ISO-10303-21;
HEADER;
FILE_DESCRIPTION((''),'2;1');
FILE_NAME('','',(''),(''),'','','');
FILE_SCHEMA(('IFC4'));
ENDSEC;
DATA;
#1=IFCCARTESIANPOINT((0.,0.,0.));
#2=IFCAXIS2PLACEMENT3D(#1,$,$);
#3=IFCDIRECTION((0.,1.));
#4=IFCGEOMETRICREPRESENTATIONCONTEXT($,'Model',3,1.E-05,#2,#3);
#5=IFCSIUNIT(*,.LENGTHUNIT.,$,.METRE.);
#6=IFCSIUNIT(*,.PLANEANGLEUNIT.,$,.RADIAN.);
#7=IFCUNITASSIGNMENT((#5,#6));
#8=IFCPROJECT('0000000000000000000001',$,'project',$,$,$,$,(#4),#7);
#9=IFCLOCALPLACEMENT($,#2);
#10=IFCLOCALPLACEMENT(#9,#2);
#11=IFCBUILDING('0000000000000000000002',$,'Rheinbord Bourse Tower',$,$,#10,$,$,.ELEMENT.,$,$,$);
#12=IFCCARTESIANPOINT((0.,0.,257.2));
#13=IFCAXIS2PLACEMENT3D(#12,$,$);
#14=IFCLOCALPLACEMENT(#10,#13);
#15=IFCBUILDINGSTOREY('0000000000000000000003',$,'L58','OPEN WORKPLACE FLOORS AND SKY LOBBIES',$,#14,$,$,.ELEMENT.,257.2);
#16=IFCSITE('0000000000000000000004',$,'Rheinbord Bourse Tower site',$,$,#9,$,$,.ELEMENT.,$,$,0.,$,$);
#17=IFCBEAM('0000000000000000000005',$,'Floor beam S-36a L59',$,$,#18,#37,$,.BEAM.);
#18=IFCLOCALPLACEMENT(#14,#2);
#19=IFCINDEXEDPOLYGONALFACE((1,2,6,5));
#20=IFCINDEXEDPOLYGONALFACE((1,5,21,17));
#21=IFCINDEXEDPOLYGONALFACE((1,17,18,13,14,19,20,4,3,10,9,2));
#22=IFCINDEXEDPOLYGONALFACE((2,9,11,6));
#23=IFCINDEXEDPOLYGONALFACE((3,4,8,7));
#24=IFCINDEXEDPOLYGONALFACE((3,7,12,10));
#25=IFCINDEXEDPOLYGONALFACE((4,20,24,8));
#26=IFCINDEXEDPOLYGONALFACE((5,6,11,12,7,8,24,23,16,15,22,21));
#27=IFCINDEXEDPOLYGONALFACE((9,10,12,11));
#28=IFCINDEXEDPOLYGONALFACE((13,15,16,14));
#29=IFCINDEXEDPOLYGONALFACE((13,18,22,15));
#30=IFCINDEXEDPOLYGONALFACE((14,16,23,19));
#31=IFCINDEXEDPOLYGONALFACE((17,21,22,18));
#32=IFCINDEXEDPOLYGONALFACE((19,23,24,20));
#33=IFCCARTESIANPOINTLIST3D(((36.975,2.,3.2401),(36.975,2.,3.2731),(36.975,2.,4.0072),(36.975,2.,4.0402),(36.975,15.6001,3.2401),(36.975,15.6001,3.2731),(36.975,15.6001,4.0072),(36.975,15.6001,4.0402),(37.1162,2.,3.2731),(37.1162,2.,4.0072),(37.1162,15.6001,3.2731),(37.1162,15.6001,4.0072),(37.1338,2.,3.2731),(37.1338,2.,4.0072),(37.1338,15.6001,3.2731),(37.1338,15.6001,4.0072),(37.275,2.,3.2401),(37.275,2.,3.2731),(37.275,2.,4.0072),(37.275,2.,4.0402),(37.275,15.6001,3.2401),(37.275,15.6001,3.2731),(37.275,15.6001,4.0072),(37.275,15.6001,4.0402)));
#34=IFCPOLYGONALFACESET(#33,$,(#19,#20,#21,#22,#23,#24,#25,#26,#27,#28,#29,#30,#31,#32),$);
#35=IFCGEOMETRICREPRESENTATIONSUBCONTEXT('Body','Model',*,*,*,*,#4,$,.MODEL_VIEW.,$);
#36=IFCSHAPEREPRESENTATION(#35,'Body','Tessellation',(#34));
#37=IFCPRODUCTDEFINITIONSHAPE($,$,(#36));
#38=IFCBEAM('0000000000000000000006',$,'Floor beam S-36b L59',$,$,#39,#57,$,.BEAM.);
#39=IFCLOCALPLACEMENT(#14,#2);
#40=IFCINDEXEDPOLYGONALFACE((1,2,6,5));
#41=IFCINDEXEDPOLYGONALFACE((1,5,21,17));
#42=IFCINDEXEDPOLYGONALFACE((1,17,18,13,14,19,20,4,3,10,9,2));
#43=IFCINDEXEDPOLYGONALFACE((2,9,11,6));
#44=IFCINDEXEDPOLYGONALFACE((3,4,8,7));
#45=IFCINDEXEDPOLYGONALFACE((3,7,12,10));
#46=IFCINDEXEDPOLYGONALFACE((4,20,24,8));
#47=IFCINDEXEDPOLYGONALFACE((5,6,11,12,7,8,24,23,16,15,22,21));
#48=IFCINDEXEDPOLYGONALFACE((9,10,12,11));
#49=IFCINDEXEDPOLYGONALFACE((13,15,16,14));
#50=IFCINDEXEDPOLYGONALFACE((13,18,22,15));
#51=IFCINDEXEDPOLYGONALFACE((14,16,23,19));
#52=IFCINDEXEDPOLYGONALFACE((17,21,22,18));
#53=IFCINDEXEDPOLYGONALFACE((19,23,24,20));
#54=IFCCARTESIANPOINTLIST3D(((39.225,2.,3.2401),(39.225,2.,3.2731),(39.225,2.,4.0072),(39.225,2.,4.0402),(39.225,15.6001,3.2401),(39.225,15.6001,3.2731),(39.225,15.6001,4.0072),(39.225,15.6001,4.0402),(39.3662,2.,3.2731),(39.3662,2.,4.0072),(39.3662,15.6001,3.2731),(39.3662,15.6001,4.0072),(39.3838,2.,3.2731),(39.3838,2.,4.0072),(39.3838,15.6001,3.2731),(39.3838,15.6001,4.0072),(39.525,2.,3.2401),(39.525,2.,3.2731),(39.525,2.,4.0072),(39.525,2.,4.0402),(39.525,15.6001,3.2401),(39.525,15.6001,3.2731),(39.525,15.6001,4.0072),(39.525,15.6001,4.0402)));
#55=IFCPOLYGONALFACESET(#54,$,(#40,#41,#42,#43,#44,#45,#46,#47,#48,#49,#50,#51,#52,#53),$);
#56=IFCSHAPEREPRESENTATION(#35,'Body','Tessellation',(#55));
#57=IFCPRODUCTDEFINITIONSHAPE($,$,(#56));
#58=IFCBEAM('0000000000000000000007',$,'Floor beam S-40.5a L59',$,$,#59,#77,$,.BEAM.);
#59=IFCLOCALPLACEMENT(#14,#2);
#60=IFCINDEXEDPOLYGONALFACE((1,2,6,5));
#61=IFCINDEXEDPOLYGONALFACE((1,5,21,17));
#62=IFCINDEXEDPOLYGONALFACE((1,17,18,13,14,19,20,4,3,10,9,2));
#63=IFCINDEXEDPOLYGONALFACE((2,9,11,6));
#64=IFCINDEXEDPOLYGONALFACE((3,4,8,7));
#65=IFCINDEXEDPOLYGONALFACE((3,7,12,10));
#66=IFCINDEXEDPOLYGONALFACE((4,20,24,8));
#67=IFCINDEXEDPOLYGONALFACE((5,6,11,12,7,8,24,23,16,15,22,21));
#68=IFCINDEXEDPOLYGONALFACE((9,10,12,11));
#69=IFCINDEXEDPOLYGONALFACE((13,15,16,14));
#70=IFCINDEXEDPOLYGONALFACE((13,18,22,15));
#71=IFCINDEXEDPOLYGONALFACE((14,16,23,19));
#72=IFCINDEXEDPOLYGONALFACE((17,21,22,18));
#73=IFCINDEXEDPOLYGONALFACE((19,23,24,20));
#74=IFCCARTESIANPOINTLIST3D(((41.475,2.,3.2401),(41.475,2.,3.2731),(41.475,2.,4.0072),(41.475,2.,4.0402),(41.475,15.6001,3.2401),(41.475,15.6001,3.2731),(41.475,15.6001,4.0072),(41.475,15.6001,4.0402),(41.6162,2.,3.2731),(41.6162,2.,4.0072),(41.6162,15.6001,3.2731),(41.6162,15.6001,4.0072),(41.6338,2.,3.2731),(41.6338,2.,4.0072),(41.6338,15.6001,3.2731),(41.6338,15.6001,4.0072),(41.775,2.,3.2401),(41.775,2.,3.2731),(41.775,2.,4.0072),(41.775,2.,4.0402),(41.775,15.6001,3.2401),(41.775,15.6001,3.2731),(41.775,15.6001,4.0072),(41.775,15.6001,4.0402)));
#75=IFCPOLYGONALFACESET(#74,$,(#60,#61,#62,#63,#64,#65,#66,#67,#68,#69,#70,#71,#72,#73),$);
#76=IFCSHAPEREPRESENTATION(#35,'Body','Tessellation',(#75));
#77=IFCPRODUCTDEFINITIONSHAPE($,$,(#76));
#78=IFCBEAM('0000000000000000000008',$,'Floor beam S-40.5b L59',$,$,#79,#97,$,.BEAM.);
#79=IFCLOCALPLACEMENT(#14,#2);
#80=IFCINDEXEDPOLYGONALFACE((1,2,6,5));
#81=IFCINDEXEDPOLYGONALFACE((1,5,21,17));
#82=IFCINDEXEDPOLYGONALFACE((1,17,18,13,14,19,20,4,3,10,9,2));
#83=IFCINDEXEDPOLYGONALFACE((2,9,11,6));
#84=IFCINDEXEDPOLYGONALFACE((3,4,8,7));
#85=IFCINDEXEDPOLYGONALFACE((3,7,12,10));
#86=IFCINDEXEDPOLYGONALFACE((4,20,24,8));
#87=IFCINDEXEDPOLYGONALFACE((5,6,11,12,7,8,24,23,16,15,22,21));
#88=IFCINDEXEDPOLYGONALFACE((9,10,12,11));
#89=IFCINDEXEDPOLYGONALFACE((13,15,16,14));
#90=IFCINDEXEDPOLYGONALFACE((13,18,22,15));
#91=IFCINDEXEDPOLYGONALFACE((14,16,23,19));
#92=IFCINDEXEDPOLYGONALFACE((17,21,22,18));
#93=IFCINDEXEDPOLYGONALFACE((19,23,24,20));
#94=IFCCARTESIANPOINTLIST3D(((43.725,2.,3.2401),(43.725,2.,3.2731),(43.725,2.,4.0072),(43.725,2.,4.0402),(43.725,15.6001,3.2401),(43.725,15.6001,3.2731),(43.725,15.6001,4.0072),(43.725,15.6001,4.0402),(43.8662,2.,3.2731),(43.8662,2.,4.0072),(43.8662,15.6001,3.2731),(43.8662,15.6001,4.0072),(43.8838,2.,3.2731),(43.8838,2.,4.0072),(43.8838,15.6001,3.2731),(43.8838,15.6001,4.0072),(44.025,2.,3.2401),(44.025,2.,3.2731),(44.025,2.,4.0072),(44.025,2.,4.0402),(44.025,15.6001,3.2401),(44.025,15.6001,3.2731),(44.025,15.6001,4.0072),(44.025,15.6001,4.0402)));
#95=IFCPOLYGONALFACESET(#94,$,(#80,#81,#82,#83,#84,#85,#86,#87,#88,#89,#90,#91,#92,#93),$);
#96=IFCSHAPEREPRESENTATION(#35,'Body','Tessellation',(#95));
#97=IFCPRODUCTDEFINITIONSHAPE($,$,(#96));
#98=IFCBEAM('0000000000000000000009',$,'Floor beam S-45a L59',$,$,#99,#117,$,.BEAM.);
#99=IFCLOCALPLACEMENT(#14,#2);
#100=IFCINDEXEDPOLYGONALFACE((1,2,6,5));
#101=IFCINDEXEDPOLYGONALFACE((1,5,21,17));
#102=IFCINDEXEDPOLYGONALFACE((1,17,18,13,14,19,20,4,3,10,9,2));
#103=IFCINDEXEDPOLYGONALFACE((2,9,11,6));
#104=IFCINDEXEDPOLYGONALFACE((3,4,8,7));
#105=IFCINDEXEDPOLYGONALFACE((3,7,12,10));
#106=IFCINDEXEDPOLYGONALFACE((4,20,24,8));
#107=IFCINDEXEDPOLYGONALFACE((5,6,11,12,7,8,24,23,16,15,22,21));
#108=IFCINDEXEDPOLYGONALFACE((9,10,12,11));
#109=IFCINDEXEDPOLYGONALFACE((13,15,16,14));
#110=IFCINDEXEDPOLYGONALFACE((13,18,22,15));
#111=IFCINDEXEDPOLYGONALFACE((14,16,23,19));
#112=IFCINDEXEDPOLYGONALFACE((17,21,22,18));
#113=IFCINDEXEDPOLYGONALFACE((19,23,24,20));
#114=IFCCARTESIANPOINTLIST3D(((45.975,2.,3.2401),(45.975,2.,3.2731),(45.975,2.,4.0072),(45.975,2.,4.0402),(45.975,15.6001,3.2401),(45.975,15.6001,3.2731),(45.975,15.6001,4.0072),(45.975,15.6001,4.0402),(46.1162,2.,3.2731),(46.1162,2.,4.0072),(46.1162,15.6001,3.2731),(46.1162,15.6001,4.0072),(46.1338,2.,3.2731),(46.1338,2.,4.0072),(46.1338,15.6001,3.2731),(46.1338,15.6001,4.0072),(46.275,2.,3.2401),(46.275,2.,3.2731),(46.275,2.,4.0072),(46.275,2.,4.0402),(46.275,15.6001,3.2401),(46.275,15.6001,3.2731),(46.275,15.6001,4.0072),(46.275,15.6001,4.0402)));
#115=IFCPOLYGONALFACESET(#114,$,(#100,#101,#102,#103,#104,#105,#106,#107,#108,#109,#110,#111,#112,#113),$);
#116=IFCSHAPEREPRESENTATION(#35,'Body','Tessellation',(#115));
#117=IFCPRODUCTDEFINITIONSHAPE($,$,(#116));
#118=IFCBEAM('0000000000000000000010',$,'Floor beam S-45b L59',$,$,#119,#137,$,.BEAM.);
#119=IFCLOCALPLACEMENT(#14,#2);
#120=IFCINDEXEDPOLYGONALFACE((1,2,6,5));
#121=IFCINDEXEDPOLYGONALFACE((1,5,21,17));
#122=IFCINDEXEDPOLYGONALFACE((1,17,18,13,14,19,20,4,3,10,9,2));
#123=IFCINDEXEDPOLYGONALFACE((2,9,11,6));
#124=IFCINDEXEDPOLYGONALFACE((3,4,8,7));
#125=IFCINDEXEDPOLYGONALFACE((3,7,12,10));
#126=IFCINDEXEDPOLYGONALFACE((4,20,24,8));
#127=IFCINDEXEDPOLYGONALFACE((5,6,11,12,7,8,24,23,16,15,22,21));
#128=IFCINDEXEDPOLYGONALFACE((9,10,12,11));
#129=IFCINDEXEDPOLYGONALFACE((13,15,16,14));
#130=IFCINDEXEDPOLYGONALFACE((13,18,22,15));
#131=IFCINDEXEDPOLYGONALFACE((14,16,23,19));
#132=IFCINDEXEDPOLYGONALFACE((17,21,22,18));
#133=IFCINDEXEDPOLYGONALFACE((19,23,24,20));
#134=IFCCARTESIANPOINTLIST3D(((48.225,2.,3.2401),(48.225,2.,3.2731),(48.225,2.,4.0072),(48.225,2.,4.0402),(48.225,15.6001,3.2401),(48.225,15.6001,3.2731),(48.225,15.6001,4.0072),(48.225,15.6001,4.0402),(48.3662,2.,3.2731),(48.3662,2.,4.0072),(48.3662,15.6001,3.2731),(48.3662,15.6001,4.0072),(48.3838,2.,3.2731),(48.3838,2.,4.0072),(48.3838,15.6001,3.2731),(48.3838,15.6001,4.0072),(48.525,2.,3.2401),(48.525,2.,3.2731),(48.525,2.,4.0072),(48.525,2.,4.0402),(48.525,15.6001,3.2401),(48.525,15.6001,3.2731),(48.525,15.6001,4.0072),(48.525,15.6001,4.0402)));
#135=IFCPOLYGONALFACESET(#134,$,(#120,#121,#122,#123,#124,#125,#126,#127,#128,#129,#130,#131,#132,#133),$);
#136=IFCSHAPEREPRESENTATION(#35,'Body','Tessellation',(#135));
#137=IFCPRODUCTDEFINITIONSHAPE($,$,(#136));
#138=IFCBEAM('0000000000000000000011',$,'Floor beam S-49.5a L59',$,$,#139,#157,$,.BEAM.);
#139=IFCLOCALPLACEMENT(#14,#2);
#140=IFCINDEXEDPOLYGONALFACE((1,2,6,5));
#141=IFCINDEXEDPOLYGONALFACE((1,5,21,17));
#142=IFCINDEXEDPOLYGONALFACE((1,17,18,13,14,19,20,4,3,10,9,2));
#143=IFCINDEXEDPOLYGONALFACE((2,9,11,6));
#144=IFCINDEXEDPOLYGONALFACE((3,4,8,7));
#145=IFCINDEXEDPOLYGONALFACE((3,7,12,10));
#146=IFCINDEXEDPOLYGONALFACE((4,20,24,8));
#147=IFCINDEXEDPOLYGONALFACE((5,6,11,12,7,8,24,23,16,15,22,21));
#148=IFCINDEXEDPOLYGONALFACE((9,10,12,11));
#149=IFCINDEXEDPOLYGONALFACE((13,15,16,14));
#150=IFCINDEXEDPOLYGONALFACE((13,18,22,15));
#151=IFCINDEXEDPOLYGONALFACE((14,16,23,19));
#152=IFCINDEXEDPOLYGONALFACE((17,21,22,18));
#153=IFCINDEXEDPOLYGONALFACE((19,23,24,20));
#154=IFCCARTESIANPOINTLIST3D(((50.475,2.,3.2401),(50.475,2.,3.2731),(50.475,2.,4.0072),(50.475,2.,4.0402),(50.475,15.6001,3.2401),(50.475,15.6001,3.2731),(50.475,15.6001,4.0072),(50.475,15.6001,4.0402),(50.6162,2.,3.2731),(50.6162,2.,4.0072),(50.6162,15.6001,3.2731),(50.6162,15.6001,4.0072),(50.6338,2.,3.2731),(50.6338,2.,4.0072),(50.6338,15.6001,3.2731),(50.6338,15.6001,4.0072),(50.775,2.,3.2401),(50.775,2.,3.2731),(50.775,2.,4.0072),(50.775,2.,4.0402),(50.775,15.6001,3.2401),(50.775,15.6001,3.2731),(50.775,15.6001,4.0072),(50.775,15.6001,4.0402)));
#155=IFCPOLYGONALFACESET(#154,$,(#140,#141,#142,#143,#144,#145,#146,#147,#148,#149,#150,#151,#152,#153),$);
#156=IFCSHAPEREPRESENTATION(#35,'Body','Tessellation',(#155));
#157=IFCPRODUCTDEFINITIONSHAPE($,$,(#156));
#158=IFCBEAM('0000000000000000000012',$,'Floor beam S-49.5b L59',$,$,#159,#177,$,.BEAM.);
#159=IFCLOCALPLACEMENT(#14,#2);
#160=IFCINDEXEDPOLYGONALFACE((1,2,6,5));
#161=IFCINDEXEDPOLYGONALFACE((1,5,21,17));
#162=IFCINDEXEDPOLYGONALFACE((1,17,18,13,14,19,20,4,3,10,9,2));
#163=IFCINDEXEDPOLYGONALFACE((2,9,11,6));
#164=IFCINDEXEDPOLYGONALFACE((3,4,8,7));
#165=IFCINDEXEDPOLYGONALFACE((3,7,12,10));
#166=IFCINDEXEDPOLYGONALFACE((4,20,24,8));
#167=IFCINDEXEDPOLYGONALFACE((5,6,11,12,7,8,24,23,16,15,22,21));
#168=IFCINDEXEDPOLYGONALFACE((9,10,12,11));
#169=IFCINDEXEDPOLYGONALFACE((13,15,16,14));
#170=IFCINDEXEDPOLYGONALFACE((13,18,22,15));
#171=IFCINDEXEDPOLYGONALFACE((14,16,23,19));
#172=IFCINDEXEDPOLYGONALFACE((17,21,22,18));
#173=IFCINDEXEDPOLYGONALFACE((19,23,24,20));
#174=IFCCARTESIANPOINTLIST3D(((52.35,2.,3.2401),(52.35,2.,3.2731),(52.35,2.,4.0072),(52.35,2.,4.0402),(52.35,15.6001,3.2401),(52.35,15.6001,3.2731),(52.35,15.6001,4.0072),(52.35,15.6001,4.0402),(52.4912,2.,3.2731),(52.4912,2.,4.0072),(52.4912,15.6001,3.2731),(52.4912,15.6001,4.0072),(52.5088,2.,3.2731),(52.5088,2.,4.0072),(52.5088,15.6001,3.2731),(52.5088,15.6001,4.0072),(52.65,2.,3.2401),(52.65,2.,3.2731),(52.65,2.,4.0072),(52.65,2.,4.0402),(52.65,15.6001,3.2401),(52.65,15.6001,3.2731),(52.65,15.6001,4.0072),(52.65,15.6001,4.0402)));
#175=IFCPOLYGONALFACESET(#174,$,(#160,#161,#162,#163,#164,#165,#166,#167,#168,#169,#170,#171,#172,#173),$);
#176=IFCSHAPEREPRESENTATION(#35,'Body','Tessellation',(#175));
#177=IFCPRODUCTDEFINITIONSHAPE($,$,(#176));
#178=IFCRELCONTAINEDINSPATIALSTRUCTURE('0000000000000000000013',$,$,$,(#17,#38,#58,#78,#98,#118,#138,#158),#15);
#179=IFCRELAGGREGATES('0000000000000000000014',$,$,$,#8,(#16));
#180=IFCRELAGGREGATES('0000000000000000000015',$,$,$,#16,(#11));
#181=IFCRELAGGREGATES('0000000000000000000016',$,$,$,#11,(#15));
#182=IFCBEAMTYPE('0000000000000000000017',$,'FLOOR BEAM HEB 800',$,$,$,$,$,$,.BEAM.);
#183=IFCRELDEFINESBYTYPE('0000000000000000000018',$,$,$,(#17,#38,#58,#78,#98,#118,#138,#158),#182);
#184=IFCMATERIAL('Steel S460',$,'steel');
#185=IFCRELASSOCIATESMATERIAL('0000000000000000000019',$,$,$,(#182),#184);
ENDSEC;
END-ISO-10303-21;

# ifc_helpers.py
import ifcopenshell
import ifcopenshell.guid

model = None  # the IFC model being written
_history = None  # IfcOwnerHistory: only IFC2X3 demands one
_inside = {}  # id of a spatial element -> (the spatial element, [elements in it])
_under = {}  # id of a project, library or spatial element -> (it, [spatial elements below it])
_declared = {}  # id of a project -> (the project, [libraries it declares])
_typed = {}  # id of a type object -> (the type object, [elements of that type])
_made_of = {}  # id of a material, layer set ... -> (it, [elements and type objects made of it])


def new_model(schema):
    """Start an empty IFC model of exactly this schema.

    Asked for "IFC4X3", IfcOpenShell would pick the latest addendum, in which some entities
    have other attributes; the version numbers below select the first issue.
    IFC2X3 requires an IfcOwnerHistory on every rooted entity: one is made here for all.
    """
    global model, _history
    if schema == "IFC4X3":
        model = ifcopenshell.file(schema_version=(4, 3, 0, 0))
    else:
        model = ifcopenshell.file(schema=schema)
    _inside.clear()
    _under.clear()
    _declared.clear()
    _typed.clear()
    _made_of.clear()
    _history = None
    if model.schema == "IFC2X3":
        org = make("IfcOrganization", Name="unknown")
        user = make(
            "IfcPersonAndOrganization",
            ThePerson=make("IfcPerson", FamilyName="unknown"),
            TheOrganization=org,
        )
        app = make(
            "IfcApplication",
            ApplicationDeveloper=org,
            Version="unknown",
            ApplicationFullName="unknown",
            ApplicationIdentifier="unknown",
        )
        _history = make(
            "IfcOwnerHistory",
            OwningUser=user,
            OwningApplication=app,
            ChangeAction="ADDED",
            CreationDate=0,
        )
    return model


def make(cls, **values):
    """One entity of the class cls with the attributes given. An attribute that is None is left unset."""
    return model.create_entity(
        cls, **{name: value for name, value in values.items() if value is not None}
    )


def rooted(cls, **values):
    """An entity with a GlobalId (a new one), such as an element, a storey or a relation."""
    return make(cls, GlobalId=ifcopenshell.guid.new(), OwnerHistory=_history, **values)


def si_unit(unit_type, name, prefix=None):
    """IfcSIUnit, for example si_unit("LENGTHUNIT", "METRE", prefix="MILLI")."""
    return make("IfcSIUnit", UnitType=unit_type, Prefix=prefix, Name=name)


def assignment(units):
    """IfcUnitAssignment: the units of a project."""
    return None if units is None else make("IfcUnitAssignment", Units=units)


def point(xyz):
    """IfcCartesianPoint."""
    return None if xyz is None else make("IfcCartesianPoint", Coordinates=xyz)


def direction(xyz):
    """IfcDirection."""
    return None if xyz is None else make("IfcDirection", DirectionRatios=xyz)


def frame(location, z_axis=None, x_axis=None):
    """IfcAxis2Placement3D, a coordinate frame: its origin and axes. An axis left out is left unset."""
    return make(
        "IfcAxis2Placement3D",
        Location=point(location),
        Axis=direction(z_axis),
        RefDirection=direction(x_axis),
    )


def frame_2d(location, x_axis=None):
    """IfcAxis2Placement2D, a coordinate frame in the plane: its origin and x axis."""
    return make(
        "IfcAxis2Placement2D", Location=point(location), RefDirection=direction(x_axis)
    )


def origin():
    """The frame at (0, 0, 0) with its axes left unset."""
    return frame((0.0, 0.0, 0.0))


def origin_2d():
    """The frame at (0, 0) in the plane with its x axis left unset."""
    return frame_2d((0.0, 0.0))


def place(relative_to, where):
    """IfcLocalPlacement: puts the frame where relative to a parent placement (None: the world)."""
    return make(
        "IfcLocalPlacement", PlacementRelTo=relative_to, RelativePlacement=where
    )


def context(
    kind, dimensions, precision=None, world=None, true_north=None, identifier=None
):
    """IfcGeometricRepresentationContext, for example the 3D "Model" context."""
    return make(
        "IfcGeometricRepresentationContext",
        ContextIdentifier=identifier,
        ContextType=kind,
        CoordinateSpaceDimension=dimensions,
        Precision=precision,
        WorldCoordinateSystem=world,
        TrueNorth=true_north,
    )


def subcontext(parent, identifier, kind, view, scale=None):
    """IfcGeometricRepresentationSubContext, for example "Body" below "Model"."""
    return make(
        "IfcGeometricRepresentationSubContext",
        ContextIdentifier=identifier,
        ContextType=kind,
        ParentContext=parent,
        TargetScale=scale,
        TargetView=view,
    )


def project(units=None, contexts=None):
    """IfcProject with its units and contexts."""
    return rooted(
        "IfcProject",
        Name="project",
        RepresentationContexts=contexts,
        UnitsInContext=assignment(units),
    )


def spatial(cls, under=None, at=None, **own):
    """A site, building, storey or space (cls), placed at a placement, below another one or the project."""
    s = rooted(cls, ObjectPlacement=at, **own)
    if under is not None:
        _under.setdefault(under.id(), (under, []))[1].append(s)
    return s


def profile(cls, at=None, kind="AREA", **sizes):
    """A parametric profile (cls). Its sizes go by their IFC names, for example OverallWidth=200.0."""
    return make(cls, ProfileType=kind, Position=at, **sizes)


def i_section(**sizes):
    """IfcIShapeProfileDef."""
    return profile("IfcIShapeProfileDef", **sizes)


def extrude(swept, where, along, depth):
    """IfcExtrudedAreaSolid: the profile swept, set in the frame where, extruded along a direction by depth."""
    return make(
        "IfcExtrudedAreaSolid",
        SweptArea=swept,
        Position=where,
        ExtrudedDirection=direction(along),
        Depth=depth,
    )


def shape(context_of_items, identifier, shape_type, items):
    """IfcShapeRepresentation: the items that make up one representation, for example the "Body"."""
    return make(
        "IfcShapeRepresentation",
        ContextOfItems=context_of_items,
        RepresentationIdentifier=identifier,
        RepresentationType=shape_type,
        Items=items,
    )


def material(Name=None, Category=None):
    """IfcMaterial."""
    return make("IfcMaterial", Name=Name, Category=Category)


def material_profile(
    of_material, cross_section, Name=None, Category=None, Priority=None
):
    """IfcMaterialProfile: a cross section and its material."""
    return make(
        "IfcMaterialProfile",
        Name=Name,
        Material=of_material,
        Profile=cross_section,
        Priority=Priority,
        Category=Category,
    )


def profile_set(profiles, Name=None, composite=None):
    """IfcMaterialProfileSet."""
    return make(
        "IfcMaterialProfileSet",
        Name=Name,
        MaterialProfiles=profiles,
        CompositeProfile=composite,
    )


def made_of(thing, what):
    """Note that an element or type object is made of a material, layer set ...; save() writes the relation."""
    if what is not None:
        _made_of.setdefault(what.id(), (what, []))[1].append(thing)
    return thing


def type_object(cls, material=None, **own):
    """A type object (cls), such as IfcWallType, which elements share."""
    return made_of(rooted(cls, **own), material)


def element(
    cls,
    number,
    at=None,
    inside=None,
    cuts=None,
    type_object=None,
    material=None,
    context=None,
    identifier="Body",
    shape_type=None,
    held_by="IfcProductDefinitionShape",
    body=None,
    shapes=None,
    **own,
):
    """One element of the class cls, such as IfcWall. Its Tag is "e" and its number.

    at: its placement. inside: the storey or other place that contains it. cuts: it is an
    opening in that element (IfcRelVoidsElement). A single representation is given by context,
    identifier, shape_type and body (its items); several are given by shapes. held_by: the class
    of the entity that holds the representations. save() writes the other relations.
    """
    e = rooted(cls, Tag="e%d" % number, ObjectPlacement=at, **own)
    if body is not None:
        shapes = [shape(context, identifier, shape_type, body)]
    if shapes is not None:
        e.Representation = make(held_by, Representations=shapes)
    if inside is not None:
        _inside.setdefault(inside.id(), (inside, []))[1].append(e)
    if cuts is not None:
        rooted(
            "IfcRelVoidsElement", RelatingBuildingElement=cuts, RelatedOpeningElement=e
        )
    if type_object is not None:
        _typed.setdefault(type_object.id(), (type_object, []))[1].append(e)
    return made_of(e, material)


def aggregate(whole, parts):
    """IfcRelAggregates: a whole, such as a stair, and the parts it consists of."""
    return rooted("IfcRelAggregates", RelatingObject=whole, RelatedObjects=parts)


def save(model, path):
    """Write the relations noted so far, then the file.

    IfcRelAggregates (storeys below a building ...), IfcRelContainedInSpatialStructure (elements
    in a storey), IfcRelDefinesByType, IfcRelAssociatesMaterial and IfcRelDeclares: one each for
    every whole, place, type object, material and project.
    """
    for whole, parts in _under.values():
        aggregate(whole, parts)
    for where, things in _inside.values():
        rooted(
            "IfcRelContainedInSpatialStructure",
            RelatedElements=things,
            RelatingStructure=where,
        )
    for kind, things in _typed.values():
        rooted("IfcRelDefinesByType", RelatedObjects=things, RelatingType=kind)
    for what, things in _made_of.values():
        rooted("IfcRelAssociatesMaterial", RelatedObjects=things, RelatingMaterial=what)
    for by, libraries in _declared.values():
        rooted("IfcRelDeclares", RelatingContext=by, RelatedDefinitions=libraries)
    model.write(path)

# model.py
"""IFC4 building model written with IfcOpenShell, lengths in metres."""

from ifc_helpers import new_model, si_unit, direction, frame, origin, origin_2d, place, context, subcontext, project, spatial, i_section, extrude, material, material_profile, profile_set, type_object, element, save


model = new_model("IFC4")

# Units and contexts
model_context = context("Model", 3, precision=1e-05, world=origin(), true_north=direction((0.0, 1.0)))
body_context = subcontext(model_context, "Body", "Model", "MODEL_VIEW")
ifc_project = project(units=[si_unit("LENGTHUNIT", "METRE"), si_unit("PLANEANGLEUNIT", "RADIAN")], contexts=[model_context])

# Site, building, storey
site_placement = place(None, origin())
site = spatial("IfcSite", under=ifc_project, at=site_placement, Name="Rheinbord Bourse Tower site", CompositionType="ELEMENT", RefElevation=0.0)
building_placement = place(site_placement, origin())
building = spatial("IfcBuilding", under=site, at=building_placement, Name="Rheinbord Bourse Tower", CompositionType="ELEMENT")
storey_placement = place(building_placement, frame((0.0, 0.0, 257.2)))
storey = spatial("IfcBuildingStorey", under=building, at=storey_placement, Name="L58", Description="OPEN WORKPLACE FLOORS AND SKY LOBBIES", CompositionType="ELEMENT", Elevation=257.2)

# Beams
ifc_material_1 = material(Name="Steel S460", Category="steel")
ifc_material_profile_1 = material_profile(ifc_material_1, i_section(OverallWidth=0.3, OverallDepth=0.8, WebThickness=0.0176, FlangeThickness=0.033, at=origin_2d()), Name="HEB 800")
ifc_profile_set_1 = profile_set([ifc_material_profile_1], Name="Steel S460")
beam_type_1 = type_object("IfcBeamType", Name="FLOOR BEAM HEB 800", PredefinedType="BEAM", material=ifc_profile_set_1)
for number, where, z_axis, x_axis, name in (
    (1, (37.125, 2.0, 3.6401), (0.0, 1.0, 0.0), (-1.0, 0.0, 0.0), "Floor beam S-36a L59"),
    (2, (39.375, 2.0, 3.6401), (0.0, 1.0, 0.0), (-1.0, 0.0, 0.0), "Floor beam S-36b L59"),
    (3, (41.625, 2.0, 3.6401), (0.0, 1.0, 0.0), (-1.0, 0.0, 0.0), "Floor beam S-40.5a L59"),
    (4, (43.875, 2.0, 3.6401), (0.0, 1.0, 0.0), (-1.0, 0.0, 0.0), "Floor beam S-40.5b L59"),
    (5, (46.125, 2.0, 3.6401), (0.0, 1.0, 0.0), (-1.0, 0.0, 0.0), "Floor beam S-45a L59"),
    (6, (48.375, 2.0, 3.6401), (0.0, 1.0, 0.0), (-1.0, 0.0, 0.0), "Floor beam S-45b L59"),
    (7, (50.625, 2.0, 3.6401), (0.0, 1.0, 0.0), (-1.0, 0.0, 0.0), "Floor beam S-49.5a L59"),
    (8, (52.5, 2.0, 3.6401), (0.0, 1.0, 0.0), (-1.0, 0.0, 0.0), "Floor beam S-49.5b L59"),
):
    element("IfcBeam", number, at=place(storey_placement, frame(where, z_axis=z_axis, x_axis=x_axis)), inside=storey, type_object=beam_type_1, Name=name, PredefinedType="BEAM", context=body_context, shape_type="SweptSolid", body=[
        extrude(i_section(OverallWidth=0.3, OverallDepth=0.8, WebThickness=0.0176, FlangeThickness=0.033, at=origin_2d()), origin(), (0.0, 0.0, 1.0), 13.6001),
    ])

save(model, "model.ifc")
